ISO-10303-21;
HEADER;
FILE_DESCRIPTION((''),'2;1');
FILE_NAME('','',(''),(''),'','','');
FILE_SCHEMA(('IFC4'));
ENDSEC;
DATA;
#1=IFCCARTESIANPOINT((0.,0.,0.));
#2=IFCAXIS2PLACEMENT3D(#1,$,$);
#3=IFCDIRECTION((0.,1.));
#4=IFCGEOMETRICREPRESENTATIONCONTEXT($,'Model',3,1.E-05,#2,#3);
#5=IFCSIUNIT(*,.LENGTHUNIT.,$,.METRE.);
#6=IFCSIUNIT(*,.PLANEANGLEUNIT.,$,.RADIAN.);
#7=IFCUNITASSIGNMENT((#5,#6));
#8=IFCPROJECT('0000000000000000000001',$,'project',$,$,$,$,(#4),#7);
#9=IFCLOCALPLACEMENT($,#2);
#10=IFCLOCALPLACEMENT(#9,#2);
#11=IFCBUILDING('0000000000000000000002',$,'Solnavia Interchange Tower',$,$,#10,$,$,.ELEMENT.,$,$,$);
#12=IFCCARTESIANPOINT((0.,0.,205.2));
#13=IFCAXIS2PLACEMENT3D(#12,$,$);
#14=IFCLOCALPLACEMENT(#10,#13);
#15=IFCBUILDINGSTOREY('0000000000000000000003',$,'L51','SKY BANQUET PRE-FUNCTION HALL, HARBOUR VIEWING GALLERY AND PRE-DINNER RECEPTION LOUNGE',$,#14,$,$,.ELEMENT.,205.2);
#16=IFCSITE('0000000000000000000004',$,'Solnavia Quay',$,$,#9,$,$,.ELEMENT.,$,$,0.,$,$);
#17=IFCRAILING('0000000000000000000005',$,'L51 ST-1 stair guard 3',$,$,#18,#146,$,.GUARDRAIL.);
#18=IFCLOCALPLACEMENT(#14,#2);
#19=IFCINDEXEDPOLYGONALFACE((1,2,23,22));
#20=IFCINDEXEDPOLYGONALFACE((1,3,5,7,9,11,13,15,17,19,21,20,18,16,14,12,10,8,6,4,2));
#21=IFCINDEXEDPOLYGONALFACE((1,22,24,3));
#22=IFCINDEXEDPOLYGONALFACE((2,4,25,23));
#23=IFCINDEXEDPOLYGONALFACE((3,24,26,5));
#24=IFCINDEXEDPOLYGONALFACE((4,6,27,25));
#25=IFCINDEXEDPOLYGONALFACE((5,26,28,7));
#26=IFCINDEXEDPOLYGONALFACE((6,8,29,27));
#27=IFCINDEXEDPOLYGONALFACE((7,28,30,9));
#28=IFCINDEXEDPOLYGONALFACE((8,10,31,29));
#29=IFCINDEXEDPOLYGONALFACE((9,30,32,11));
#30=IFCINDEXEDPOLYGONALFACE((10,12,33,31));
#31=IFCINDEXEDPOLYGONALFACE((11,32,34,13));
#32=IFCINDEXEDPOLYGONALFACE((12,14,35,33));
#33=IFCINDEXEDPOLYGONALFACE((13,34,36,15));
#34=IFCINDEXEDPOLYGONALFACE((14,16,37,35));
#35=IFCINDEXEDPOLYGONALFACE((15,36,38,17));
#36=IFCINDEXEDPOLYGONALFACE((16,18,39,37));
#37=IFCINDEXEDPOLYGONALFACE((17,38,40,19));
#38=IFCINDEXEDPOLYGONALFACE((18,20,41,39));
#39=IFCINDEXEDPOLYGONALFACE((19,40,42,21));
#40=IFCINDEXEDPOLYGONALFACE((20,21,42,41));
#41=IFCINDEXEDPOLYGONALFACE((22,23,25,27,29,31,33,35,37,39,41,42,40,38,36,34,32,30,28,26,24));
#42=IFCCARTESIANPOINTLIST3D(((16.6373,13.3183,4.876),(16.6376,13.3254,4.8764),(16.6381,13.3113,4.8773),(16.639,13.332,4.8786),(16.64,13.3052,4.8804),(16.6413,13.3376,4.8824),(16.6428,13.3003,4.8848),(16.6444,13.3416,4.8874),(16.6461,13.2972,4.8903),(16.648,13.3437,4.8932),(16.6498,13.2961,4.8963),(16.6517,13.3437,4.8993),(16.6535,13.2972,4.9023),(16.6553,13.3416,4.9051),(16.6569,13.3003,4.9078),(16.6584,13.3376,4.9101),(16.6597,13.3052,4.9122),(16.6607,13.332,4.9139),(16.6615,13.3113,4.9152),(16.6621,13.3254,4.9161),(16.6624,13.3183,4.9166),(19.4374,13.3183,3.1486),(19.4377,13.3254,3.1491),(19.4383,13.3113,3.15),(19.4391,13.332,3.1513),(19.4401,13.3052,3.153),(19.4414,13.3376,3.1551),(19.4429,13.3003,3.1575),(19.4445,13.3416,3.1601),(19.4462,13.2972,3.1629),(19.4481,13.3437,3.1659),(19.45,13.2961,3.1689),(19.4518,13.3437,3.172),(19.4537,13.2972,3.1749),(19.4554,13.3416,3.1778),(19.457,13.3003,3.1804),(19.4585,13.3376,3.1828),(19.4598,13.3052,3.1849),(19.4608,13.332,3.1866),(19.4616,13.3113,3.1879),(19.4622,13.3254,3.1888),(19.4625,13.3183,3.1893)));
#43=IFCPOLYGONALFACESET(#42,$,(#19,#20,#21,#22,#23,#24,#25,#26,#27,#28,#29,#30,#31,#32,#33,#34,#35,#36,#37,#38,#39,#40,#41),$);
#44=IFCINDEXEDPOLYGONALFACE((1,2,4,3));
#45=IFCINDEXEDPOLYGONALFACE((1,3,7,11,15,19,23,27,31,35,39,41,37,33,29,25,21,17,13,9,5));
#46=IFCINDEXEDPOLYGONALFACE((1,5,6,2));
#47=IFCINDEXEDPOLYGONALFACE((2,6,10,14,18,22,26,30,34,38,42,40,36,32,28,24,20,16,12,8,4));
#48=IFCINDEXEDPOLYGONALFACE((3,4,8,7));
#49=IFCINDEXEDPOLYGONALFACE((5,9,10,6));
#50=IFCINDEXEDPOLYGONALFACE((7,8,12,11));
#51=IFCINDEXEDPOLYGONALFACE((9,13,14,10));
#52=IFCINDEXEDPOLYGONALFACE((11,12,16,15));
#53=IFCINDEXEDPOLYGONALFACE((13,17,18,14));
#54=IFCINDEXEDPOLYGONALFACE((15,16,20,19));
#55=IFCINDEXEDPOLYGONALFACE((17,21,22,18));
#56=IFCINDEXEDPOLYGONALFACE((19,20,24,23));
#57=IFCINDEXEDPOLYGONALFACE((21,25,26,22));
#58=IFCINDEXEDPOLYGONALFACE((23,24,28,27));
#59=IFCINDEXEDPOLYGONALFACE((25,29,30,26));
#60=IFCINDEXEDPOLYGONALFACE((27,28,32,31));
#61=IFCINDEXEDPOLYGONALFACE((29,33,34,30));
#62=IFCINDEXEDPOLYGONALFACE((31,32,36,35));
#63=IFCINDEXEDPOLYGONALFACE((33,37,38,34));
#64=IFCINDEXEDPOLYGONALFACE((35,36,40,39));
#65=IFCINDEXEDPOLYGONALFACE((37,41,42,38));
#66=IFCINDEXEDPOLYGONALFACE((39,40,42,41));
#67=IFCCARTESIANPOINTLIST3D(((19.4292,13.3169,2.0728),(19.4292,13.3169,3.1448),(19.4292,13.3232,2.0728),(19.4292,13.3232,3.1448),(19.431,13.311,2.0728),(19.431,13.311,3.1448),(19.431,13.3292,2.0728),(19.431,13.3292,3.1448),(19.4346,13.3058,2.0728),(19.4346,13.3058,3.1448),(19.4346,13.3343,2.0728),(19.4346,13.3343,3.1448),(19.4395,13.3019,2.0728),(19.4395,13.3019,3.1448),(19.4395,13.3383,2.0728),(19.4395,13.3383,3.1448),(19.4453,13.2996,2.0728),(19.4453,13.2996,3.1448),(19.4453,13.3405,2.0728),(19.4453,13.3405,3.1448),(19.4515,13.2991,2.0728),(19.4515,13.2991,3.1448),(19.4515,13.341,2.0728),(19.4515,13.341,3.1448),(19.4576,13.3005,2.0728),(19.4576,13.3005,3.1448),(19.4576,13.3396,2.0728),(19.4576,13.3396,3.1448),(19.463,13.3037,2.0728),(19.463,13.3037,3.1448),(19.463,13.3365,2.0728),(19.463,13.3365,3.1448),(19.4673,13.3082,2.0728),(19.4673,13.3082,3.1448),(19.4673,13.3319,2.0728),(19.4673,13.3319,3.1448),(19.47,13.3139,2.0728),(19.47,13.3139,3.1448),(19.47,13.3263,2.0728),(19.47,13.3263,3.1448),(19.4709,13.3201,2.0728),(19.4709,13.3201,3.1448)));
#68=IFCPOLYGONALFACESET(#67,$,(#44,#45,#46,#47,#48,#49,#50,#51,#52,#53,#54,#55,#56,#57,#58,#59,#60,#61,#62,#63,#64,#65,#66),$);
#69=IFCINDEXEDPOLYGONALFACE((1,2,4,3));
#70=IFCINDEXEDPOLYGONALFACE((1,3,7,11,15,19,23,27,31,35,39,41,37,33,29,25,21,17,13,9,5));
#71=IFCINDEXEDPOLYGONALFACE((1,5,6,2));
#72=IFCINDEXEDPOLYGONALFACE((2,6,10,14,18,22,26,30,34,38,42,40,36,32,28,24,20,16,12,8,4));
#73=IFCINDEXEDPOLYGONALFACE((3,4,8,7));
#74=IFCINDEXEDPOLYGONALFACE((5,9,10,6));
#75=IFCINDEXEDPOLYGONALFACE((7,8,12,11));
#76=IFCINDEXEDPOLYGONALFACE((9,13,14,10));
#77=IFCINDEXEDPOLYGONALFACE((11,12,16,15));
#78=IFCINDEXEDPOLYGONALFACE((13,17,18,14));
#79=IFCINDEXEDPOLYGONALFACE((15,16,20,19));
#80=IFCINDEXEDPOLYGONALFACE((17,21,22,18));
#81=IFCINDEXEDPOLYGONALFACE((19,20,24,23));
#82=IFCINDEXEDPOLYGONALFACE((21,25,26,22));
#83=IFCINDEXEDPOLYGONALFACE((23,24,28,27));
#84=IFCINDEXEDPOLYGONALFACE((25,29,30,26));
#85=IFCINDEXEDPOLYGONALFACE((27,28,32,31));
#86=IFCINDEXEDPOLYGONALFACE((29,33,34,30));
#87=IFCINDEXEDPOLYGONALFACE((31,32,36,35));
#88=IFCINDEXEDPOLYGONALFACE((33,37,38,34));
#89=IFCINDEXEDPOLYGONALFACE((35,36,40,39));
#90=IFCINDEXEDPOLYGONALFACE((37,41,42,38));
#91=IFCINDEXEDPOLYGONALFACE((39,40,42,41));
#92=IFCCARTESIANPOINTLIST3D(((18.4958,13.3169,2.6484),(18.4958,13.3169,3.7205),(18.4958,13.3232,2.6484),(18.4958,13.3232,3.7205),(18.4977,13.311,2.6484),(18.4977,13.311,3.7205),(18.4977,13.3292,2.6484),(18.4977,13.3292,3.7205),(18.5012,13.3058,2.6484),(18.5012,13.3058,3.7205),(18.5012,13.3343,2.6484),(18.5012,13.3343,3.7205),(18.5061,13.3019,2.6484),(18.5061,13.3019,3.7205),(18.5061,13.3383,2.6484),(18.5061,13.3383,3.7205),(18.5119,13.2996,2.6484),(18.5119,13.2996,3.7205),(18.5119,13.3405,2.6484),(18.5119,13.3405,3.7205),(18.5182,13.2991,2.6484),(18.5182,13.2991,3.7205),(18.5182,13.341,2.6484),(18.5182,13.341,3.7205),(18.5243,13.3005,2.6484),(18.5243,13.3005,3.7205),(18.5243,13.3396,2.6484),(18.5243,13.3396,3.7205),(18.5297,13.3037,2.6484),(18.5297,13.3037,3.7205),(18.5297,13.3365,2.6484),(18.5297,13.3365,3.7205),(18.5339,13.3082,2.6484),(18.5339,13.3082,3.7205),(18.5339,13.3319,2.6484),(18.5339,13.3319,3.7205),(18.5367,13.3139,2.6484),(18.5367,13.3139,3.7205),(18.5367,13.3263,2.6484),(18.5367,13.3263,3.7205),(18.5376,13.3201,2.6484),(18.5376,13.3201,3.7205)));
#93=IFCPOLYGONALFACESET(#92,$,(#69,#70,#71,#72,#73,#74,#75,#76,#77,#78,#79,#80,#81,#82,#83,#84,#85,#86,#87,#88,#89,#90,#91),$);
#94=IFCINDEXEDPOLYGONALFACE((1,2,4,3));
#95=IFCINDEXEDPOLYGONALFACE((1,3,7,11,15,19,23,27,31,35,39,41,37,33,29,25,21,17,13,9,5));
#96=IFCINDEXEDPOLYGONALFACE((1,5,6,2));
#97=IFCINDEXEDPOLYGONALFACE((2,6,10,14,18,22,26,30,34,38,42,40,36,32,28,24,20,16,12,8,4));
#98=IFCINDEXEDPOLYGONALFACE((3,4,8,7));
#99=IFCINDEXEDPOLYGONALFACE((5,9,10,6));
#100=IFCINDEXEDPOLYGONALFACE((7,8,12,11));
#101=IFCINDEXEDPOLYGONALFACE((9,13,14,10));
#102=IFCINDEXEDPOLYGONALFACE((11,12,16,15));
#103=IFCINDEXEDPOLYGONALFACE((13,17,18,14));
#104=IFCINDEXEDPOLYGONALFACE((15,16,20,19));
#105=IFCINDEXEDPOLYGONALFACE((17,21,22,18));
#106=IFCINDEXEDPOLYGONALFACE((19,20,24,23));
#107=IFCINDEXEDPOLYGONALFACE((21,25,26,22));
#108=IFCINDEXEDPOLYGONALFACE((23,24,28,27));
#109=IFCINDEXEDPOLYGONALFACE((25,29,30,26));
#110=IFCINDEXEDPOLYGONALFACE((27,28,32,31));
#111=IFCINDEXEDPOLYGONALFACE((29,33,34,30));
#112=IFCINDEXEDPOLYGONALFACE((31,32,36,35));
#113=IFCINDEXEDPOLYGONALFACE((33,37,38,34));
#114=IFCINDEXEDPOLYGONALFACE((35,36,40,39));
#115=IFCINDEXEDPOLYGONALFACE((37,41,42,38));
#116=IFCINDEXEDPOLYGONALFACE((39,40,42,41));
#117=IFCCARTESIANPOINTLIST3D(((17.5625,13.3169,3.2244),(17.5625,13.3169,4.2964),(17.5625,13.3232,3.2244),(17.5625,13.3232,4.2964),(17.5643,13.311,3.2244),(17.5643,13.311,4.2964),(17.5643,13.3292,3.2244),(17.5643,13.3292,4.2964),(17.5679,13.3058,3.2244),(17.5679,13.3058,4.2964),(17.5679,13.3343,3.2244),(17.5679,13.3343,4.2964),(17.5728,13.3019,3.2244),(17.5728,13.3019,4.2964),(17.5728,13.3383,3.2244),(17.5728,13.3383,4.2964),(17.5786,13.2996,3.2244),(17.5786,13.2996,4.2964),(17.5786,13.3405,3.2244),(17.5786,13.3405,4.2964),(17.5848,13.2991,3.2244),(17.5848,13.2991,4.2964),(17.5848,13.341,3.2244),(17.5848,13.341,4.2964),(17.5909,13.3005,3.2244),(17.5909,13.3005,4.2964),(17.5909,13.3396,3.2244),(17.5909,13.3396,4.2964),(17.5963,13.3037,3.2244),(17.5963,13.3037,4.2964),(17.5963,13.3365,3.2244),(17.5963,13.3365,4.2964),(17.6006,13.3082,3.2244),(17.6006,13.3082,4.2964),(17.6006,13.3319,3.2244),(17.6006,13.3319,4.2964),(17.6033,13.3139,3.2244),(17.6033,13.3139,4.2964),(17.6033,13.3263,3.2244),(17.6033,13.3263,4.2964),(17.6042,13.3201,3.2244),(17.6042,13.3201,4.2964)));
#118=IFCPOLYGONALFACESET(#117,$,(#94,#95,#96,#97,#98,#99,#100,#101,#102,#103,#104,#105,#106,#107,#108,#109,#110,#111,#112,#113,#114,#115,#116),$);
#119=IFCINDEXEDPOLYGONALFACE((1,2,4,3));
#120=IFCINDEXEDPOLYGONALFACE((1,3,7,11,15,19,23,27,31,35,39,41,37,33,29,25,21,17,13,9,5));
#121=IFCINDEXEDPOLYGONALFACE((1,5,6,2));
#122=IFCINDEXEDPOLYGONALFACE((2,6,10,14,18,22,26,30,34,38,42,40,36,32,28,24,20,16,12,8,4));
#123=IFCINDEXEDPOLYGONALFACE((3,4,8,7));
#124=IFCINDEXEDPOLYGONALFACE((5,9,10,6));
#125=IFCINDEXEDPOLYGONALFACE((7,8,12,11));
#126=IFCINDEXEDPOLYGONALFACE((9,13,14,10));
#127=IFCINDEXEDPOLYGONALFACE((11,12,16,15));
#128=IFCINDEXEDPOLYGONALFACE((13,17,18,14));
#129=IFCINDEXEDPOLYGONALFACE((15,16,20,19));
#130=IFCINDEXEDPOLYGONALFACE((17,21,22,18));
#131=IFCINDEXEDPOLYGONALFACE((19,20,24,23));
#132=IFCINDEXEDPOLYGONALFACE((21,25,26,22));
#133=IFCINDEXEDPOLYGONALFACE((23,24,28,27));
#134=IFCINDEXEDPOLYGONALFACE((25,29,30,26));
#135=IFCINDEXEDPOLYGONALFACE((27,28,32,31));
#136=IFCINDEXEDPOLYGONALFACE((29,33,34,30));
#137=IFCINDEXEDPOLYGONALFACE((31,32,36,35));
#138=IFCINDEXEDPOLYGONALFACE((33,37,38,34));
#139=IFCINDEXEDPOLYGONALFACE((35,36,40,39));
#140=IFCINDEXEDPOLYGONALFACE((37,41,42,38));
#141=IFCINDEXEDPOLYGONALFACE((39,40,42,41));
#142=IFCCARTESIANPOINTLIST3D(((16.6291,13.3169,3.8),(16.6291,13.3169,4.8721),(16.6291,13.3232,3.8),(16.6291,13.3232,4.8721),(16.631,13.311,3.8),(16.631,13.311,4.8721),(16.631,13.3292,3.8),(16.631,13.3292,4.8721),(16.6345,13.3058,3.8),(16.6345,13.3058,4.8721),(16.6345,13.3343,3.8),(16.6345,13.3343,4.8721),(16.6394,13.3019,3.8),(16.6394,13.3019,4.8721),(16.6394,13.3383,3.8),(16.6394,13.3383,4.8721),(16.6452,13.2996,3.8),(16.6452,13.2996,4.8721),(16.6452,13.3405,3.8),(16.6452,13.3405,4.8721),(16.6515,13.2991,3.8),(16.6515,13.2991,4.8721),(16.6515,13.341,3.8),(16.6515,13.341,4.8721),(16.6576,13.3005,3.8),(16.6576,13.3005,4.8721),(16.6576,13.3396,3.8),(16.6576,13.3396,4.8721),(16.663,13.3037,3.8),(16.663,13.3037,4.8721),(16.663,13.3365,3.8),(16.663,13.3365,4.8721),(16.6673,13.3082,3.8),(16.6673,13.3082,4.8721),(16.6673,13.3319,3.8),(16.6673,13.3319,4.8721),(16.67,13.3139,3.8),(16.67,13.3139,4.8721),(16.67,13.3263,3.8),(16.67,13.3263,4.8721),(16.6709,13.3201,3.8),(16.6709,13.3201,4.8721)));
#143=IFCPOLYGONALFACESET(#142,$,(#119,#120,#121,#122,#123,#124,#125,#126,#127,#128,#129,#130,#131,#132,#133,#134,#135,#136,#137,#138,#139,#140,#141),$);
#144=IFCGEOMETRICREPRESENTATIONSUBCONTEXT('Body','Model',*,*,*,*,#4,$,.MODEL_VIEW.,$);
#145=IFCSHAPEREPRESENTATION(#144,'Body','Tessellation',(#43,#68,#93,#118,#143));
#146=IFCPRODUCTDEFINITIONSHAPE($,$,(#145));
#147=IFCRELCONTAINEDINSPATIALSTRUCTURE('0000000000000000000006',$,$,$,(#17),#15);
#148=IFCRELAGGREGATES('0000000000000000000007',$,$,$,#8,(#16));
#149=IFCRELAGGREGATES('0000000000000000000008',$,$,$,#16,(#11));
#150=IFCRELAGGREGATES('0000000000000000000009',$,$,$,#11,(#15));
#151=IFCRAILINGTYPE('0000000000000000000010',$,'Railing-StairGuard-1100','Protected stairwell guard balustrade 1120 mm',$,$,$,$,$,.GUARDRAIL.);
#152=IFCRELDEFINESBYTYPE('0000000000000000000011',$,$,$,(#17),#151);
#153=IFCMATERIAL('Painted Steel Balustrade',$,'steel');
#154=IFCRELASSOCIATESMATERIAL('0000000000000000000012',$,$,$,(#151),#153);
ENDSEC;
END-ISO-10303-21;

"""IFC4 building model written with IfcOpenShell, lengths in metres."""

from ifc_helpers import new_model, si_unit, direction, frame, origin, origin_2d, place, context, subcontext, project, spatial, circle, extrude, material, type_object, element, save


model = new_model("IFC4")

# Units and contexts
model_context = context("Model", 3, precision=1e-05, world=origin(), true_north=direction((0.0, 1.0)))
body_context = subcontext(model_context, "Body", "Model", "MODEL_VIEW")
ifc_project = project(units=[si_unit("LENGTHUNIT", "METRE"), si_unit("PLANEANGLEUNIT", "RADIAN")], contexts=[model_context])

# Site, building, storey
site_placement = place(None, origin())
site = spatial("IfcSite", under=ifc_project, at=site_placement, Name="Solnavia Quay", CompositionType="ELEMENT", RefElevation=0.0)
building_placement = place(site_placement, origin())
building = spatial("IfcBuilding", under=site, at=building_placement, Name="Solnavia Interchange Tower", CompositionType="ELEMENT")
storey_placement = place(building_placement, frame((0.0, 0.0, 205.2)))
storey = spatial("IfcBuildingStorey", under=building, at=storey_placement, Name="L51", Description="SKY BANQUET PRE-FUNCTION HALL, HARBOUR VIEWING GALLERY AND PRE-DINNER RECEPTION LOUNGE", CompositionType="ELEMENT", Elevation=205.2)

# Railing
ifc_material_1 = material(Name="Painted Steel Balustrade", Category="steel")
railing_type_1 = type_object("IfcRailingType", Name="Railing-StairGuard-1100", Description="Protected stairwell guard balustrade 1120 mm", PredefinedType="GUARDRAIL", material=ifc_material_1)
railing_1_placement = place(storey_placement, frame((19.45, 13.3201, 2.0728)))
element("IfcRailing", 1, at=railing_1_placement, inside=storey, type_object=railing_type_1, Name="L51 ST-1 stair guard 3", PredefinedType="GUARDRAIL", context=body_context, shape_type="SweptSolid", body=[
    extrude(circle(Radius=0.0239, at=origin_2d()), frame((0.0, 0.0, 1.0962), z_axis=(-0.85109, 0.0, 0.52502), x_axis=(0.0, -1.0, 0.0)), (0.0, 0.0, 1.0), 3.29),
    extrude(circle(Radius=0.021, at=origin_2d()), origin(), (0.0, 0.0, 1.0), 1.072),
    extrude(circle(Radius=0.021, at=origin_2d()), frame((-0.9333, 0.0, 0.5757)), (0.0, 0.0, 1.0), 1.072),
    extrude(circle(Radius=0.021, at=origin_2d()), frame((-1.8667, 0.0, 1.1516)), (0.0, 0.0, 1.0), 1.072),
    extrude(circle(Radius=0.021, at=origin_2d()), frame((-2.8, 0.0, 1.7273)), (0.0, 0.0, 1.0), 1.072),
])

save(model, "model.ifc")
